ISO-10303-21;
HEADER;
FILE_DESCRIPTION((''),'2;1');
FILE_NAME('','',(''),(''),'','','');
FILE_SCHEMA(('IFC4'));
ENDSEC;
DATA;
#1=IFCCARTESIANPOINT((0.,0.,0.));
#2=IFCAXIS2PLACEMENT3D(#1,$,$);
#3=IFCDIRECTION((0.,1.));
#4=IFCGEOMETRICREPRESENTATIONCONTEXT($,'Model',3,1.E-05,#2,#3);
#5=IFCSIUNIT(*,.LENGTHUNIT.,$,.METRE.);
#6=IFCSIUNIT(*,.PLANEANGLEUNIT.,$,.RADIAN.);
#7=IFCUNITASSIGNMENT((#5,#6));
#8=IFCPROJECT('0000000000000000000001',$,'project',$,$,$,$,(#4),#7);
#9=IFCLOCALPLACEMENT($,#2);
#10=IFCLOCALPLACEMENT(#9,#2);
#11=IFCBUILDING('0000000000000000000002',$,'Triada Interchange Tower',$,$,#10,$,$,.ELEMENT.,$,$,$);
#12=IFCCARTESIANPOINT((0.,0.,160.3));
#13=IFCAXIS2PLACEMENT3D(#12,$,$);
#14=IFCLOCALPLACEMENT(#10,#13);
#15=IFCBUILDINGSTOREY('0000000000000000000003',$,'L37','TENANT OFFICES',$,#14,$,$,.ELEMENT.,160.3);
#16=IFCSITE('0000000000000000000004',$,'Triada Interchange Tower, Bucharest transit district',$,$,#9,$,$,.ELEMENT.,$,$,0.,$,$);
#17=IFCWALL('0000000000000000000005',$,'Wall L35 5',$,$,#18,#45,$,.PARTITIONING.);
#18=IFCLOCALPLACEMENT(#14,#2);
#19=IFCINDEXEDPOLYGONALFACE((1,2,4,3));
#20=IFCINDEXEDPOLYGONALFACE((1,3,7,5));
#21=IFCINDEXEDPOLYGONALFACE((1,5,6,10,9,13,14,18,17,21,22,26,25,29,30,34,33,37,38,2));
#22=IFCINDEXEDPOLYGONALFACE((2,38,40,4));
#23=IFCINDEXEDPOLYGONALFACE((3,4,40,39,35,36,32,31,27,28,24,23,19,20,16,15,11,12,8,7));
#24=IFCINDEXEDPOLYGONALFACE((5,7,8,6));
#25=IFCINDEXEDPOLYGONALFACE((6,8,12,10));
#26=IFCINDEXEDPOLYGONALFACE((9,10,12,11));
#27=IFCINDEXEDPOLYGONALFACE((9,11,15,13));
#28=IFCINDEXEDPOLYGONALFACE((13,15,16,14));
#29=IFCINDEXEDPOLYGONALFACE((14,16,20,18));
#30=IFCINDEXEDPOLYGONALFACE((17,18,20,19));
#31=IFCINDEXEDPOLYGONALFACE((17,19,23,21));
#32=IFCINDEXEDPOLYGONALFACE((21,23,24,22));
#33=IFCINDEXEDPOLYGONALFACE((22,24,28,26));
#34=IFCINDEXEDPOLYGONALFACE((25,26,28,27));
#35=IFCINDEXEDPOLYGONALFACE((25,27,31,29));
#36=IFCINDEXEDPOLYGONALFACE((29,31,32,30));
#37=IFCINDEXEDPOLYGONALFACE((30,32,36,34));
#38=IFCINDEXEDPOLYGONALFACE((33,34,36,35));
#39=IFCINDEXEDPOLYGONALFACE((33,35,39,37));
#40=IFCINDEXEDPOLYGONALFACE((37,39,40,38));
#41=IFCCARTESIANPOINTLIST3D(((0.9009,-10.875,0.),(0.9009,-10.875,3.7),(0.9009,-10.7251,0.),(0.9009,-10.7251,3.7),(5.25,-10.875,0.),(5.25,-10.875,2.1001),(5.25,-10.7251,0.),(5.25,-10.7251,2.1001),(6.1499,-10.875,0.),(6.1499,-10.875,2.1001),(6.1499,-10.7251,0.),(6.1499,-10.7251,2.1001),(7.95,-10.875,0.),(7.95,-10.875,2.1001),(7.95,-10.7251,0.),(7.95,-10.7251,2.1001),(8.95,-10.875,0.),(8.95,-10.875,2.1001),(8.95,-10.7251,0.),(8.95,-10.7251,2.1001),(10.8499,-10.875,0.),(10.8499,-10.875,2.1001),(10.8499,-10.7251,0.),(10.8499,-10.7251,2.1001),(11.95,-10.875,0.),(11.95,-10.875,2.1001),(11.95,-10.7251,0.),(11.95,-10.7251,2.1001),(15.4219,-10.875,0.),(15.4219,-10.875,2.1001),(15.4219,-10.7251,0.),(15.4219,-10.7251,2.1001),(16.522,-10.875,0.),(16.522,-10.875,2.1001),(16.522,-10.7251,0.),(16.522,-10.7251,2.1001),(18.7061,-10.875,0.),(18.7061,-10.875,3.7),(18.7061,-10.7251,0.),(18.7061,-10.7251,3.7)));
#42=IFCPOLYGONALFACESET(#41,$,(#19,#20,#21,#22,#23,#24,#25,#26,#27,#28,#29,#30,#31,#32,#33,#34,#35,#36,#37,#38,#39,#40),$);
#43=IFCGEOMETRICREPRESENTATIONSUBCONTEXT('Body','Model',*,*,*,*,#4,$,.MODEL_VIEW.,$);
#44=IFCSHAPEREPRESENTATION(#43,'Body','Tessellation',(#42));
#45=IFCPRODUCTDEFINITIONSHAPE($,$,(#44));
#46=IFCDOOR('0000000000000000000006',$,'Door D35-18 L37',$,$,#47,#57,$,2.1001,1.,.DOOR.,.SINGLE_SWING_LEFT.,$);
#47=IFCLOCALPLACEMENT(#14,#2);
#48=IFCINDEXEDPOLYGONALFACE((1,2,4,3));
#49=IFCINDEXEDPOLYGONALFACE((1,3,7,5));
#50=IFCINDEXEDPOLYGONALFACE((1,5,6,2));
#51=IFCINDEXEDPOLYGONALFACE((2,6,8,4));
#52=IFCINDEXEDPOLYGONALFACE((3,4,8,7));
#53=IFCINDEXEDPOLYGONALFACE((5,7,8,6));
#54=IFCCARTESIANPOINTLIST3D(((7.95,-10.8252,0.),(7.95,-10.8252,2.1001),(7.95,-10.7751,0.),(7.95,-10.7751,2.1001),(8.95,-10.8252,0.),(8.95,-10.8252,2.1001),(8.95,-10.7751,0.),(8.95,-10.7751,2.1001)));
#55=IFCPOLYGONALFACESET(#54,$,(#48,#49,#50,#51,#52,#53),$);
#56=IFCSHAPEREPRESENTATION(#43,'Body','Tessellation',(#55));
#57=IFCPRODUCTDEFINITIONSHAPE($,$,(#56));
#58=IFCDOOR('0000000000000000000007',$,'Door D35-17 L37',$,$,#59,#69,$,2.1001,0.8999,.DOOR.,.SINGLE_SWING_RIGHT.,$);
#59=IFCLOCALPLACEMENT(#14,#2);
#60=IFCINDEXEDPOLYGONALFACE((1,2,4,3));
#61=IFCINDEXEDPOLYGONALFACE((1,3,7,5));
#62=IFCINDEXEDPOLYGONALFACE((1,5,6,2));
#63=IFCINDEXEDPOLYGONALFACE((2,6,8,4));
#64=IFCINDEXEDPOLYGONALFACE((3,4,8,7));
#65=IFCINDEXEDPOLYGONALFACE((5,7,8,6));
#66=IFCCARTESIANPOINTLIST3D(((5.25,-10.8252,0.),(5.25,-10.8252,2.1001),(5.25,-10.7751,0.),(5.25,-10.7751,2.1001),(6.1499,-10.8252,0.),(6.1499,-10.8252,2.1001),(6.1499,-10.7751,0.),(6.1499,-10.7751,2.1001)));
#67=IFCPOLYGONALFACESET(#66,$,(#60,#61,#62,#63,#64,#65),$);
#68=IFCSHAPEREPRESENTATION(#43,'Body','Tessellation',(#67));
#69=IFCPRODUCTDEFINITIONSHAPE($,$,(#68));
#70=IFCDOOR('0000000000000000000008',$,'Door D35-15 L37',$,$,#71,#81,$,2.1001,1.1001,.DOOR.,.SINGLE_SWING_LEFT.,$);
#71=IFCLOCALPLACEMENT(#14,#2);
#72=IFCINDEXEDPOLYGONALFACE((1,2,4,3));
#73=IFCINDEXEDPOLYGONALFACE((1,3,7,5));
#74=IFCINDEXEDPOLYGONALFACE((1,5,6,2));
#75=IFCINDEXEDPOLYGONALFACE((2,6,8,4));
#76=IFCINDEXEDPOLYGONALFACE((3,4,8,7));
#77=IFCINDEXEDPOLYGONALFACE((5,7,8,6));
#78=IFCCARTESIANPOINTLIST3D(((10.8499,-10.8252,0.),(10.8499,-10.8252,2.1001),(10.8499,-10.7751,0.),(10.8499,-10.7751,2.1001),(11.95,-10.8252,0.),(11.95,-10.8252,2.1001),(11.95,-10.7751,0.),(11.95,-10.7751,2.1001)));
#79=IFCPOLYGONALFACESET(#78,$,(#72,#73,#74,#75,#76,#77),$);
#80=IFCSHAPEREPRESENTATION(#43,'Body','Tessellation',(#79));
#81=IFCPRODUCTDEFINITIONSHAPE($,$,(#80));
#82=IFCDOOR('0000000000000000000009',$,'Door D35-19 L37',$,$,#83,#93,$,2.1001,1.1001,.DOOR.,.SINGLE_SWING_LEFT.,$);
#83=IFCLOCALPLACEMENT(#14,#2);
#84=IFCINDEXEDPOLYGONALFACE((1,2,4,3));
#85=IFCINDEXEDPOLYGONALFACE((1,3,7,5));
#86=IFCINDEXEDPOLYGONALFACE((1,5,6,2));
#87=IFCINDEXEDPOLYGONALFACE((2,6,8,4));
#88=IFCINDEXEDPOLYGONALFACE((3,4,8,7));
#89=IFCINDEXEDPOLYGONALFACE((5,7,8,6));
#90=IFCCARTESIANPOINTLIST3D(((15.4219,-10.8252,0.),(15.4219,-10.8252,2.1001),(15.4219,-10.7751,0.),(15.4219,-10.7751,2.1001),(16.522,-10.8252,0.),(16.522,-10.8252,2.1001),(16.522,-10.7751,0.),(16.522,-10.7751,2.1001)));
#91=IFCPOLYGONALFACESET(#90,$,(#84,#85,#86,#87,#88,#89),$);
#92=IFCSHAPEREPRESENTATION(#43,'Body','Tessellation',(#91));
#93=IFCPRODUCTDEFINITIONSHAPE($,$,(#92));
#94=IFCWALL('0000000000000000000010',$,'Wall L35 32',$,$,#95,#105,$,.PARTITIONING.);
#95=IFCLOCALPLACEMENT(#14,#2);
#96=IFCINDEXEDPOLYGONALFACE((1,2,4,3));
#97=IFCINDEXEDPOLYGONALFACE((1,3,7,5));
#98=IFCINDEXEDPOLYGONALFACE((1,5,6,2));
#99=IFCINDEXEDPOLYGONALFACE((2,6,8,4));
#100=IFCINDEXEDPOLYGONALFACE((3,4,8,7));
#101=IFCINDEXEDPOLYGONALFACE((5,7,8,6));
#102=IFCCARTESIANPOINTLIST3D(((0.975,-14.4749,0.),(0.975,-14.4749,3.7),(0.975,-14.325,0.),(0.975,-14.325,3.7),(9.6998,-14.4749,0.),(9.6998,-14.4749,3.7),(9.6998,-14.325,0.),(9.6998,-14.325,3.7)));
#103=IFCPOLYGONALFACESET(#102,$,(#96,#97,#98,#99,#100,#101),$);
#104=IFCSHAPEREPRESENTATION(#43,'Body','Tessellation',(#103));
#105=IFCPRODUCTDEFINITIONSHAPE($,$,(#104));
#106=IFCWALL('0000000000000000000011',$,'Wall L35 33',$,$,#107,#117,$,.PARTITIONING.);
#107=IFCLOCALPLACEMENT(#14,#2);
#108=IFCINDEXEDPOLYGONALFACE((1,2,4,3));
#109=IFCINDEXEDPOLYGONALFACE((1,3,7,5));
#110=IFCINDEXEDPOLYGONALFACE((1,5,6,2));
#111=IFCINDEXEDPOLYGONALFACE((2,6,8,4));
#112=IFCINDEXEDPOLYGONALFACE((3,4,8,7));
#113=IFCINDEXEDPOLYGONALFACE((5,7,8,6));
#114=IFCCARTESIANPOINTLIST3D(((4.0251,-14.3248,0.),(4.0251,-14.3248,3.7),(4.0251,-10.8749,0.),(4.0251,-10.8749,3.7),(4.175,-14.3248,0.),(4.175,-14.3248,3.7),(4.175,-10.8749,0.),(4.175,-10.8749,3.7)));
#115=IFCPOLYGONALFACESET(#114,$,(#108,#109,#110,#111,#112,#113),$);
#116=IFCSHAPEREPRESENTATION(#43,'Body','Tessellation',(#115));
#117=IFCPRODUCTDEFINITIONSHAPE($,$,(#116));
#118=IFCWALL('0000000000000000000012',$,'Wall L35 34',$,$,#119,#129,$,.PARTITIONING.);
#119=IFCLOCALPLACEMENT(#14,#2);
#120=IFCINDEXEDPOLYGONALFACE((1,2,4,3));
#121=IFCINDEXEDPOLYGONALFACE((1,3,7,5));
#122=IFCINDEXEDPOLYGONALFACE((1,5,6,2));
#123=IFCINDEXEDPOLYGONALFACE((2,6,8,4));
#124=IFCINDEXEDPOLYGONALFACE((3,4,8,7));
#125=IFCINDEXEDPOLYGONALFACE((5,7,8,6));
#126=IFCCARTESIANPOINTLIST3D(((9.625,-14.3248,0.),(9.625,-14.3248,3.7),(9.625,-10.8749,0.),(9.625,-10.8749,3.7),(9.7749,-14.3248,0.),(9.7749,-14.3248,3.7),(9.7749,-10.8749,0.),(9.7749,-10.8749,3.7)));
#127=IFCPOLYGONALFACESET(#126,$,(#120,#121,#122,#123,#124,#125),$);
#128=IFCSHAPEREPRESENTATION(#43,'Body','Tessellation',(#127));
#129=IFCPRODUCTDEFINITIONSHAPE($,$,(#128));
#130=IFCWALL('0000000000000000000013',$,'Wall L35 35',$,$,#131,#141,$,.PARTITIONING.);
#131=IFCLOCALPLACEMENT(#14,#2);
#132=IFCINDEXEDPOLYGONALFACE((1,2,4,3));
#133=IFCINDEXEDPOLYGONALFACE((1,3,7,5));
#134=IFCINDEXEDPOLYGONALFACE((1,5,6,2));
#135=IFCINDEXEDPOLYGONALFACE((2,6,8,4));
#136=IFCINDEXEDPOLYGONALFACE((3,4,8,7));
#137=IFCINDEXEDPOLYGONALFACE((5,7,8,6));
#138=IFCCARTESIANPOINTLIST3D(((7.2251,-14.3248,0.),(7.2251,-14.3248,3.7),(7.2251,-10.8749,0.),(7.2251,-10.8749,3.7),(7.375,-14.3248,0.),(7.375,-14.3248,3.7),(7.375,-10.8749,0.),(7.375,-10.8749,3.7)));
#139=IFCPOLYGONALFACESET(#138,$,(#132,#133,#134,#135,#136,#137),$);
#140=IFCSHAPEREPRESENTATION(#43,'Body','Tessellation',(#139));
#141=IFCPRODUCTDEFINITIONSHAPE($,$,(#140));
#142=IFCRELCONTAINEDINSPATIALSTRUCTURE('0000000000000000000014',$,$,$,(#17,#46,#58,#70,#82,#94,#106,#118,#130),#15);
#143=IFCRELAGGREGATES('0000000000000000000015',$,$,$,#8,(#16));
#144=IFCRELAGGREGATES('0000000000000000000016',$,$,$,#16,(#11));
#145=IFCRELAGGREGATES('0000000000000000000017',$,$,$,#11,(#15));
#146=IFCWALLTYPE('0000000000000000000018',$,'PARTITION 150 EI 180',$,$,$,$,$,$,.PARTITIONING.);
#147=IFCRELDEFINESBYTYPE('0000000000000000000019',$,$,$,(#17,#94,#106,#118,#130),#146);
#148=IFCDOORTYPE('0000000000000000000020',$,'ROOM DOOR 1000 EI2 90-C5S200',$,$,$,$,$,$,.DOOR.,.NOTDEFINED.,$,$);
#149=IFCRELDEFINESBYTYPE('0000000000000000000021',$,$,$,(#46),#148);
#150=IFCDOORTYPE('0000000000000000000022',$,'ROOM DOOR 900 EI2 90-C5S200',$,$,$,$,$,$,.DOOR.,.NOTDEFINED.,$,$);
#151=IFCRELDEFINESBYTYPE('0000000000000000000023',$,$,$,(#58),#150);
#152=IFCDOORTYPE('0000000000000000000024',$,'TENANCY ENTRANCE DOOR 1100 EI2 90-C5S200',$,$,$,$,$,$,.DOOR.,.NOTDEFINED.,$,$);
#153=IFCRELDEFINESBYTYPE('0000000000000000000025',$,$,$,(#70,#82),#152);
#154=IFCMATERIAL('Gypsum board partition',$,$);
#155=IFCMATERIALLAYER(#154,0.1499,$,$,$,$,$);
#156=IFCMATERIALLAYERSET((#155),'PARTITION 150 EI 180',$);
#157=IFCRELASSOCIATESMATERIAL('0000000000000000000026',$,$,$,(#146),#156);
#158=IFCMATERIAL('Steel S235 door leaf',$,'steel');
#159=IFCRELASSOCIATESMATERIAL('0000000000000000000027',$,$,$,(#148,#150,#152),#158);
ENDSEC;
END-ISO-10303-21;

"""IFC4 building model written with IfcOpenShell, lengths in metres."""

from ifc_helpers import new_model, si_unit, direction, frame, frame_2d, origin, place, context, subcontext, project, spatial, rectangle, extrude, material, layer, layer_set, type_object, element, fill, save


model = new_model("IFC4")

# Units and contexts
model_context = context("Model", 3, precision=1e-05, world=origin(), true_north=direction((0.0, 1.0)))
body_context = subcontext(model_context, "Body", "Model", "MODEL_VIEW")
ifc_project = project(units=[si_unit("LENGTHUNIT", "METRE"), si_unit("PLANEANGLEUNIT", "RADIAN")], contexts=[model_context])

# Site, building, storey
site_placement = place(None, origin())
site = spatial("IfcSite", under=ifc_project, at=site_placement, Name="Triada Interchange Tower, Bucharest transit district", CompositionType="ELEMENT", RefElevation=0.0)
building_placement = place(site_placement, origin())
building = spatial("IfcBuilding", under=site, at=building_placement, Name="Triada Interchange Tower", CompositionType="ELEMENT")
storey_placement = place(building_placement, frame((0.0, 0.0, 160.3)))
storey = spatial("IfcBuildingStorey", under=building, at=storey_placement, Name="L37", Description="TENANT OFFICES", CompositionType="ELEMENT", Elevation=160.3)

# Shared definitions
ifc_material_1 = material(Name="Steel S235 door leaf", Category="steel")

# Wall, openings, doors
ifc_material_2 = material(Name="Gypsum board partition")
ifc_layer_1 = layer(ifc_material_2, 0.1499)
ifc_layer_set_1 = layer_set([ifc_layer_1], Name="PARTITION 150 EI 180")
wall_type_1 = type_object("IfcWallType", Name="PARTITION 150 EI 180", PredefinedType="PARTITIONING", material=ifc_layer_set_1)
wall_1_placement = place(storey_placement, frame((0.9009, -10.8, 0.0), z_axis=(0.0, 0.0, 1.0), x_axis=(1.0, 0.0, 0.0)))
wall_1 = element("IfcWall", 1, at=wall_1_placement, inside=storey, type_object=wall_type_1, Name="Wall L35 5", PredefinedType="PARTITIONING", context=body_context, shape_type="SweptSolid", body=[
    extrude(rectangle(XDim=17.8052, YDim=0.1499, at=frame_2d((8.9026, 0.0))), origin(), (0.0, 0.0, 1.0), 3.7),
])
opening_1_placement = place(wall_1_placement, frame((9.949, 0.0, 0.0)))
opening_1 = element("IfcOpeningElement", 2, at=opening_1_placement, cuts=wall_1, PredefinedType="OPENING", context=body_context, shape_type="SweptSolid", body=[
    extrude(rectangle(XDim=1.1001, YDim=2.1001, at=frame_2d((0.55, 1.05))), frame((0.0, 0.085, 0.0), z_axis=(0.0, -1.0, 0.0), x_axis=(1.0, 0.0, 0.0)), (0.0, 0.0, 1.0), 0.1699),
])
opening_2_placement = place(wall_1_placement, frame((4.3491, 0.0, 0.0)))
opening_2 = element("IfcOpeningElement", 3, at=opening_2_placement, cuts=wall_1, PredefinedType="OPENING", context=body_context, shape_type="SweptSolid", body=[
    extrude(rectangle(XDim=0.8999, YDim=2.1001, at=frame_2d((0.45, 1.05))), frame((0.0, 0.085, 0.0), z_axis=(0.0, -1.0, 0.0), x_axis=(1.0, 0.0, 0.0)), (0.0, 0.0, 1.0), 0.1699),
])
opening_3_placement = place(wall_1_placement, frame((7.0491, 0.0, 0.0)))
opening_3 = element("IfcOpeningElement", 4, at=opening_3_placement, cuts=wall_1, PredefinedType="OPENING", context=body_context, shape_type="SweptSolid", body=[
    extrude(rectangle(XDim=1.0, YDim=2.1001, at=frame_2d((0.5, 1.05))), frame((0.0, 0.085, 0.0), z_axis=(0.0, -1.0, 0.0), x_axis=(1.0, 0.0, 0.0)), (0.0, 0.0, 1.0), 0.1699),
])
opening_4_placement = place(wall_1_placement, frame((14.521, 0.0, 0.0)))
opening_4 = element("IfcOpeningElement", 5, at=opening_4_placement, cuts=wall_1, PredefinedType="OPENING", context=body_context, shape_type="SweptSolid", body=[
    extrude(rectangle(XDim=1.1001, YDim=2.1001, at=frame_2d((0.55, 1.05))), frame((0.0, 0.085, 0.0), z_axis=(0.0, -1.0, 0.0), x_axis=(1.0, 0.0, 0.0)), (0.0, 0.0, 1.0), 0.1699),
])
door_type_1 = type_object("IfcDoorType", Name="ROOM DOOR 1000 EI2 90-C5S200", OperationType="NOTDEFINED", PredefinedType="DOOR", material=ifc_material_1)
door_1_placement = place(opening_3_placement, origin())
door_1 = element("IfcDoor", 6, at=door_1_placement, inside=storey, type_object=door_type_1, Name="Door D35-18 L37", OperationType="SINGLE_SWING_LEFT", OverallHeight=2.1001, OverallWidth=1.0, PredefinedType="DOOR", context=body_context, shape_type="SweptSolid", body=[
    extrude(rectangle(XDim=1.0, YDim=2.1001, at=frame_2d((0.5, 1.05))), frame((0.0, 0.0249, 0.0), z_axis=(0.0, -1.0, 0.0), x_axis=(1.0, 0.0, 0.0)), (0.0, 0.0, 1.0), 0.05),
])
fill(opening_3, door_1)
door_type_2 = type_object("IfcDoorType", Name="ROOM DOOR 900 EI2 90-C5S200", OperationType="NOTDEFINED", PredefinedType="DOOR", material=ifc_material_1)
door_2_placement = place(opening_2_placement, origin())
door_2 = element("IfcDoor", 7, at=door_2_placement, inside=storey, type_object=door_type_2, Name="Door D35-17 L37", OperationType="SINGLE_SWING_RIGHT", OverallHeight=2.1001, OverallWidth=0.8999, PredefinedType="DOOR", context=body_context, shape_type="SweptSolid", body=[
    extrude(rectangle(XDim=0.8999, YDim=2.1001, at=frame_2d((0.45, 1.05))), frame((0.0, 0.0249, 0.0), z_axis=(0.0, -1.0, 0.0), x_axis=(1.0, 0.0, 0.0)), (0.0, 0.0, 1.0), 0.05),
])
fill(opening_2, door_2)
door_type_3 = type_object("IfcDoorType", Name="TENANCY ENTRANCE DOOR 1100 EI2 90-C5S200", OperationType="NOTDEFINED", PredefinedType="DOOR", material=ifc_material_1)
door_3_placement = place(opening_1_placement, origin())
door_3 = element("IfcDoor", 8, at=door_3_placement, inside=storey, type_object=door_type_3, Name="Door D35-15 L37", OperationType="SINGLE_SWING_LEFT", OverallHeight=2.1001, OverallWidth=1.1001, PredefinedType="DOOR", context=body_context, shape_type="SweptSolid", body=[
    extrude(rectangle(XDim=1.1001, YDim=2.1001, at=frame_2d((0.55, 1.05))), frame((0.0, 0.0249, 0.0), z_axis=(0.0, -1.0, 0.0), x_axis=(1.0, 0.0, 0.0)), (0.0, 0.0, 1.0), 0.05),
])
fill(opening_1, door_3)
door_4_placement = place(opening_4_placement, origin())
door_4 = element("IfcDoor", 9, at=door_4_placement, inside=storey, type_object=door_type_3, Name="Door D35-19 L37", OperationType="SINGLE_SWING_LEFT", OverallHeight=2.1001, OverallWidth=1.1001, PredefinedType="DOOR", context=body_context, shape_type="SweptSolid", body=[
    extrude(rectangle(XDim=1.1001, YDim=2.1001, at=frame_2d((0.55, 1.05))), frame((0.0, 0.0249, 0.0), z_axis=(0.0, -1.0, 0.0), x_axis=(1.0, 0.0, 0.0)), (0.0, 0.0, 1.0), 0.05),
])
fill(opening_4, door_4)

# Walls
wall_2_placement = place(storey_placement, frame((0.9751, -14.3999, 0.0), z_axis=(0.0, 0.0, 1.0), x_axis=(1.0, 0.0, 0.0)))
element("IfcWall", 10, at=wall_2_placement, inside=storey, type_object=wall_type_1, Name="Wall L35 32", PredefinedType="PARTITIONING", context=body_context, shape_type="SweptSolid", body=[
    extrude(rectangle(XDim=8.7249, YDim=0.1499, at=frame_2d((4.3623, 0.0))), origin(), (0.0, 0.0, 1.0), 3.7),
])
for number, where, z_axis, x_axis, name in (
    (11, (4.1001, -14.325, 0.0), (0.0, 0.0, 1.0), (0.0, 1.0, 0.0), "Wall L35 33"),
    (12, (9.7, -14.325, 0.0), (0.0, 0.0, 1.0), (0.0, 1.0, 0.0), "Wall L35 34"),
    (13, (7.3, -14.325, 0.0), (0.0, 0.0, 1.0), (0.0, 1.0, 0.0), "Wall L35 35"),
):
    element("IfcWall", number, at=place(storey_placement, frame(where, z_axis=z_axis, x_axis=x_axis)), inside=storey, type_object=wall_type_1, Name=name, PredefinedType="PARTITIONING", context=body_context, shape_type="SweptSolid", body=[
        extrude(rectangle(XDim=3.45, YDim=0.1499, at=frame_2d((1.7251, 0.0))), origin(), (0.0, 0.0, 1.0), 3.7),
    ])

save(model, "model.ifc")
